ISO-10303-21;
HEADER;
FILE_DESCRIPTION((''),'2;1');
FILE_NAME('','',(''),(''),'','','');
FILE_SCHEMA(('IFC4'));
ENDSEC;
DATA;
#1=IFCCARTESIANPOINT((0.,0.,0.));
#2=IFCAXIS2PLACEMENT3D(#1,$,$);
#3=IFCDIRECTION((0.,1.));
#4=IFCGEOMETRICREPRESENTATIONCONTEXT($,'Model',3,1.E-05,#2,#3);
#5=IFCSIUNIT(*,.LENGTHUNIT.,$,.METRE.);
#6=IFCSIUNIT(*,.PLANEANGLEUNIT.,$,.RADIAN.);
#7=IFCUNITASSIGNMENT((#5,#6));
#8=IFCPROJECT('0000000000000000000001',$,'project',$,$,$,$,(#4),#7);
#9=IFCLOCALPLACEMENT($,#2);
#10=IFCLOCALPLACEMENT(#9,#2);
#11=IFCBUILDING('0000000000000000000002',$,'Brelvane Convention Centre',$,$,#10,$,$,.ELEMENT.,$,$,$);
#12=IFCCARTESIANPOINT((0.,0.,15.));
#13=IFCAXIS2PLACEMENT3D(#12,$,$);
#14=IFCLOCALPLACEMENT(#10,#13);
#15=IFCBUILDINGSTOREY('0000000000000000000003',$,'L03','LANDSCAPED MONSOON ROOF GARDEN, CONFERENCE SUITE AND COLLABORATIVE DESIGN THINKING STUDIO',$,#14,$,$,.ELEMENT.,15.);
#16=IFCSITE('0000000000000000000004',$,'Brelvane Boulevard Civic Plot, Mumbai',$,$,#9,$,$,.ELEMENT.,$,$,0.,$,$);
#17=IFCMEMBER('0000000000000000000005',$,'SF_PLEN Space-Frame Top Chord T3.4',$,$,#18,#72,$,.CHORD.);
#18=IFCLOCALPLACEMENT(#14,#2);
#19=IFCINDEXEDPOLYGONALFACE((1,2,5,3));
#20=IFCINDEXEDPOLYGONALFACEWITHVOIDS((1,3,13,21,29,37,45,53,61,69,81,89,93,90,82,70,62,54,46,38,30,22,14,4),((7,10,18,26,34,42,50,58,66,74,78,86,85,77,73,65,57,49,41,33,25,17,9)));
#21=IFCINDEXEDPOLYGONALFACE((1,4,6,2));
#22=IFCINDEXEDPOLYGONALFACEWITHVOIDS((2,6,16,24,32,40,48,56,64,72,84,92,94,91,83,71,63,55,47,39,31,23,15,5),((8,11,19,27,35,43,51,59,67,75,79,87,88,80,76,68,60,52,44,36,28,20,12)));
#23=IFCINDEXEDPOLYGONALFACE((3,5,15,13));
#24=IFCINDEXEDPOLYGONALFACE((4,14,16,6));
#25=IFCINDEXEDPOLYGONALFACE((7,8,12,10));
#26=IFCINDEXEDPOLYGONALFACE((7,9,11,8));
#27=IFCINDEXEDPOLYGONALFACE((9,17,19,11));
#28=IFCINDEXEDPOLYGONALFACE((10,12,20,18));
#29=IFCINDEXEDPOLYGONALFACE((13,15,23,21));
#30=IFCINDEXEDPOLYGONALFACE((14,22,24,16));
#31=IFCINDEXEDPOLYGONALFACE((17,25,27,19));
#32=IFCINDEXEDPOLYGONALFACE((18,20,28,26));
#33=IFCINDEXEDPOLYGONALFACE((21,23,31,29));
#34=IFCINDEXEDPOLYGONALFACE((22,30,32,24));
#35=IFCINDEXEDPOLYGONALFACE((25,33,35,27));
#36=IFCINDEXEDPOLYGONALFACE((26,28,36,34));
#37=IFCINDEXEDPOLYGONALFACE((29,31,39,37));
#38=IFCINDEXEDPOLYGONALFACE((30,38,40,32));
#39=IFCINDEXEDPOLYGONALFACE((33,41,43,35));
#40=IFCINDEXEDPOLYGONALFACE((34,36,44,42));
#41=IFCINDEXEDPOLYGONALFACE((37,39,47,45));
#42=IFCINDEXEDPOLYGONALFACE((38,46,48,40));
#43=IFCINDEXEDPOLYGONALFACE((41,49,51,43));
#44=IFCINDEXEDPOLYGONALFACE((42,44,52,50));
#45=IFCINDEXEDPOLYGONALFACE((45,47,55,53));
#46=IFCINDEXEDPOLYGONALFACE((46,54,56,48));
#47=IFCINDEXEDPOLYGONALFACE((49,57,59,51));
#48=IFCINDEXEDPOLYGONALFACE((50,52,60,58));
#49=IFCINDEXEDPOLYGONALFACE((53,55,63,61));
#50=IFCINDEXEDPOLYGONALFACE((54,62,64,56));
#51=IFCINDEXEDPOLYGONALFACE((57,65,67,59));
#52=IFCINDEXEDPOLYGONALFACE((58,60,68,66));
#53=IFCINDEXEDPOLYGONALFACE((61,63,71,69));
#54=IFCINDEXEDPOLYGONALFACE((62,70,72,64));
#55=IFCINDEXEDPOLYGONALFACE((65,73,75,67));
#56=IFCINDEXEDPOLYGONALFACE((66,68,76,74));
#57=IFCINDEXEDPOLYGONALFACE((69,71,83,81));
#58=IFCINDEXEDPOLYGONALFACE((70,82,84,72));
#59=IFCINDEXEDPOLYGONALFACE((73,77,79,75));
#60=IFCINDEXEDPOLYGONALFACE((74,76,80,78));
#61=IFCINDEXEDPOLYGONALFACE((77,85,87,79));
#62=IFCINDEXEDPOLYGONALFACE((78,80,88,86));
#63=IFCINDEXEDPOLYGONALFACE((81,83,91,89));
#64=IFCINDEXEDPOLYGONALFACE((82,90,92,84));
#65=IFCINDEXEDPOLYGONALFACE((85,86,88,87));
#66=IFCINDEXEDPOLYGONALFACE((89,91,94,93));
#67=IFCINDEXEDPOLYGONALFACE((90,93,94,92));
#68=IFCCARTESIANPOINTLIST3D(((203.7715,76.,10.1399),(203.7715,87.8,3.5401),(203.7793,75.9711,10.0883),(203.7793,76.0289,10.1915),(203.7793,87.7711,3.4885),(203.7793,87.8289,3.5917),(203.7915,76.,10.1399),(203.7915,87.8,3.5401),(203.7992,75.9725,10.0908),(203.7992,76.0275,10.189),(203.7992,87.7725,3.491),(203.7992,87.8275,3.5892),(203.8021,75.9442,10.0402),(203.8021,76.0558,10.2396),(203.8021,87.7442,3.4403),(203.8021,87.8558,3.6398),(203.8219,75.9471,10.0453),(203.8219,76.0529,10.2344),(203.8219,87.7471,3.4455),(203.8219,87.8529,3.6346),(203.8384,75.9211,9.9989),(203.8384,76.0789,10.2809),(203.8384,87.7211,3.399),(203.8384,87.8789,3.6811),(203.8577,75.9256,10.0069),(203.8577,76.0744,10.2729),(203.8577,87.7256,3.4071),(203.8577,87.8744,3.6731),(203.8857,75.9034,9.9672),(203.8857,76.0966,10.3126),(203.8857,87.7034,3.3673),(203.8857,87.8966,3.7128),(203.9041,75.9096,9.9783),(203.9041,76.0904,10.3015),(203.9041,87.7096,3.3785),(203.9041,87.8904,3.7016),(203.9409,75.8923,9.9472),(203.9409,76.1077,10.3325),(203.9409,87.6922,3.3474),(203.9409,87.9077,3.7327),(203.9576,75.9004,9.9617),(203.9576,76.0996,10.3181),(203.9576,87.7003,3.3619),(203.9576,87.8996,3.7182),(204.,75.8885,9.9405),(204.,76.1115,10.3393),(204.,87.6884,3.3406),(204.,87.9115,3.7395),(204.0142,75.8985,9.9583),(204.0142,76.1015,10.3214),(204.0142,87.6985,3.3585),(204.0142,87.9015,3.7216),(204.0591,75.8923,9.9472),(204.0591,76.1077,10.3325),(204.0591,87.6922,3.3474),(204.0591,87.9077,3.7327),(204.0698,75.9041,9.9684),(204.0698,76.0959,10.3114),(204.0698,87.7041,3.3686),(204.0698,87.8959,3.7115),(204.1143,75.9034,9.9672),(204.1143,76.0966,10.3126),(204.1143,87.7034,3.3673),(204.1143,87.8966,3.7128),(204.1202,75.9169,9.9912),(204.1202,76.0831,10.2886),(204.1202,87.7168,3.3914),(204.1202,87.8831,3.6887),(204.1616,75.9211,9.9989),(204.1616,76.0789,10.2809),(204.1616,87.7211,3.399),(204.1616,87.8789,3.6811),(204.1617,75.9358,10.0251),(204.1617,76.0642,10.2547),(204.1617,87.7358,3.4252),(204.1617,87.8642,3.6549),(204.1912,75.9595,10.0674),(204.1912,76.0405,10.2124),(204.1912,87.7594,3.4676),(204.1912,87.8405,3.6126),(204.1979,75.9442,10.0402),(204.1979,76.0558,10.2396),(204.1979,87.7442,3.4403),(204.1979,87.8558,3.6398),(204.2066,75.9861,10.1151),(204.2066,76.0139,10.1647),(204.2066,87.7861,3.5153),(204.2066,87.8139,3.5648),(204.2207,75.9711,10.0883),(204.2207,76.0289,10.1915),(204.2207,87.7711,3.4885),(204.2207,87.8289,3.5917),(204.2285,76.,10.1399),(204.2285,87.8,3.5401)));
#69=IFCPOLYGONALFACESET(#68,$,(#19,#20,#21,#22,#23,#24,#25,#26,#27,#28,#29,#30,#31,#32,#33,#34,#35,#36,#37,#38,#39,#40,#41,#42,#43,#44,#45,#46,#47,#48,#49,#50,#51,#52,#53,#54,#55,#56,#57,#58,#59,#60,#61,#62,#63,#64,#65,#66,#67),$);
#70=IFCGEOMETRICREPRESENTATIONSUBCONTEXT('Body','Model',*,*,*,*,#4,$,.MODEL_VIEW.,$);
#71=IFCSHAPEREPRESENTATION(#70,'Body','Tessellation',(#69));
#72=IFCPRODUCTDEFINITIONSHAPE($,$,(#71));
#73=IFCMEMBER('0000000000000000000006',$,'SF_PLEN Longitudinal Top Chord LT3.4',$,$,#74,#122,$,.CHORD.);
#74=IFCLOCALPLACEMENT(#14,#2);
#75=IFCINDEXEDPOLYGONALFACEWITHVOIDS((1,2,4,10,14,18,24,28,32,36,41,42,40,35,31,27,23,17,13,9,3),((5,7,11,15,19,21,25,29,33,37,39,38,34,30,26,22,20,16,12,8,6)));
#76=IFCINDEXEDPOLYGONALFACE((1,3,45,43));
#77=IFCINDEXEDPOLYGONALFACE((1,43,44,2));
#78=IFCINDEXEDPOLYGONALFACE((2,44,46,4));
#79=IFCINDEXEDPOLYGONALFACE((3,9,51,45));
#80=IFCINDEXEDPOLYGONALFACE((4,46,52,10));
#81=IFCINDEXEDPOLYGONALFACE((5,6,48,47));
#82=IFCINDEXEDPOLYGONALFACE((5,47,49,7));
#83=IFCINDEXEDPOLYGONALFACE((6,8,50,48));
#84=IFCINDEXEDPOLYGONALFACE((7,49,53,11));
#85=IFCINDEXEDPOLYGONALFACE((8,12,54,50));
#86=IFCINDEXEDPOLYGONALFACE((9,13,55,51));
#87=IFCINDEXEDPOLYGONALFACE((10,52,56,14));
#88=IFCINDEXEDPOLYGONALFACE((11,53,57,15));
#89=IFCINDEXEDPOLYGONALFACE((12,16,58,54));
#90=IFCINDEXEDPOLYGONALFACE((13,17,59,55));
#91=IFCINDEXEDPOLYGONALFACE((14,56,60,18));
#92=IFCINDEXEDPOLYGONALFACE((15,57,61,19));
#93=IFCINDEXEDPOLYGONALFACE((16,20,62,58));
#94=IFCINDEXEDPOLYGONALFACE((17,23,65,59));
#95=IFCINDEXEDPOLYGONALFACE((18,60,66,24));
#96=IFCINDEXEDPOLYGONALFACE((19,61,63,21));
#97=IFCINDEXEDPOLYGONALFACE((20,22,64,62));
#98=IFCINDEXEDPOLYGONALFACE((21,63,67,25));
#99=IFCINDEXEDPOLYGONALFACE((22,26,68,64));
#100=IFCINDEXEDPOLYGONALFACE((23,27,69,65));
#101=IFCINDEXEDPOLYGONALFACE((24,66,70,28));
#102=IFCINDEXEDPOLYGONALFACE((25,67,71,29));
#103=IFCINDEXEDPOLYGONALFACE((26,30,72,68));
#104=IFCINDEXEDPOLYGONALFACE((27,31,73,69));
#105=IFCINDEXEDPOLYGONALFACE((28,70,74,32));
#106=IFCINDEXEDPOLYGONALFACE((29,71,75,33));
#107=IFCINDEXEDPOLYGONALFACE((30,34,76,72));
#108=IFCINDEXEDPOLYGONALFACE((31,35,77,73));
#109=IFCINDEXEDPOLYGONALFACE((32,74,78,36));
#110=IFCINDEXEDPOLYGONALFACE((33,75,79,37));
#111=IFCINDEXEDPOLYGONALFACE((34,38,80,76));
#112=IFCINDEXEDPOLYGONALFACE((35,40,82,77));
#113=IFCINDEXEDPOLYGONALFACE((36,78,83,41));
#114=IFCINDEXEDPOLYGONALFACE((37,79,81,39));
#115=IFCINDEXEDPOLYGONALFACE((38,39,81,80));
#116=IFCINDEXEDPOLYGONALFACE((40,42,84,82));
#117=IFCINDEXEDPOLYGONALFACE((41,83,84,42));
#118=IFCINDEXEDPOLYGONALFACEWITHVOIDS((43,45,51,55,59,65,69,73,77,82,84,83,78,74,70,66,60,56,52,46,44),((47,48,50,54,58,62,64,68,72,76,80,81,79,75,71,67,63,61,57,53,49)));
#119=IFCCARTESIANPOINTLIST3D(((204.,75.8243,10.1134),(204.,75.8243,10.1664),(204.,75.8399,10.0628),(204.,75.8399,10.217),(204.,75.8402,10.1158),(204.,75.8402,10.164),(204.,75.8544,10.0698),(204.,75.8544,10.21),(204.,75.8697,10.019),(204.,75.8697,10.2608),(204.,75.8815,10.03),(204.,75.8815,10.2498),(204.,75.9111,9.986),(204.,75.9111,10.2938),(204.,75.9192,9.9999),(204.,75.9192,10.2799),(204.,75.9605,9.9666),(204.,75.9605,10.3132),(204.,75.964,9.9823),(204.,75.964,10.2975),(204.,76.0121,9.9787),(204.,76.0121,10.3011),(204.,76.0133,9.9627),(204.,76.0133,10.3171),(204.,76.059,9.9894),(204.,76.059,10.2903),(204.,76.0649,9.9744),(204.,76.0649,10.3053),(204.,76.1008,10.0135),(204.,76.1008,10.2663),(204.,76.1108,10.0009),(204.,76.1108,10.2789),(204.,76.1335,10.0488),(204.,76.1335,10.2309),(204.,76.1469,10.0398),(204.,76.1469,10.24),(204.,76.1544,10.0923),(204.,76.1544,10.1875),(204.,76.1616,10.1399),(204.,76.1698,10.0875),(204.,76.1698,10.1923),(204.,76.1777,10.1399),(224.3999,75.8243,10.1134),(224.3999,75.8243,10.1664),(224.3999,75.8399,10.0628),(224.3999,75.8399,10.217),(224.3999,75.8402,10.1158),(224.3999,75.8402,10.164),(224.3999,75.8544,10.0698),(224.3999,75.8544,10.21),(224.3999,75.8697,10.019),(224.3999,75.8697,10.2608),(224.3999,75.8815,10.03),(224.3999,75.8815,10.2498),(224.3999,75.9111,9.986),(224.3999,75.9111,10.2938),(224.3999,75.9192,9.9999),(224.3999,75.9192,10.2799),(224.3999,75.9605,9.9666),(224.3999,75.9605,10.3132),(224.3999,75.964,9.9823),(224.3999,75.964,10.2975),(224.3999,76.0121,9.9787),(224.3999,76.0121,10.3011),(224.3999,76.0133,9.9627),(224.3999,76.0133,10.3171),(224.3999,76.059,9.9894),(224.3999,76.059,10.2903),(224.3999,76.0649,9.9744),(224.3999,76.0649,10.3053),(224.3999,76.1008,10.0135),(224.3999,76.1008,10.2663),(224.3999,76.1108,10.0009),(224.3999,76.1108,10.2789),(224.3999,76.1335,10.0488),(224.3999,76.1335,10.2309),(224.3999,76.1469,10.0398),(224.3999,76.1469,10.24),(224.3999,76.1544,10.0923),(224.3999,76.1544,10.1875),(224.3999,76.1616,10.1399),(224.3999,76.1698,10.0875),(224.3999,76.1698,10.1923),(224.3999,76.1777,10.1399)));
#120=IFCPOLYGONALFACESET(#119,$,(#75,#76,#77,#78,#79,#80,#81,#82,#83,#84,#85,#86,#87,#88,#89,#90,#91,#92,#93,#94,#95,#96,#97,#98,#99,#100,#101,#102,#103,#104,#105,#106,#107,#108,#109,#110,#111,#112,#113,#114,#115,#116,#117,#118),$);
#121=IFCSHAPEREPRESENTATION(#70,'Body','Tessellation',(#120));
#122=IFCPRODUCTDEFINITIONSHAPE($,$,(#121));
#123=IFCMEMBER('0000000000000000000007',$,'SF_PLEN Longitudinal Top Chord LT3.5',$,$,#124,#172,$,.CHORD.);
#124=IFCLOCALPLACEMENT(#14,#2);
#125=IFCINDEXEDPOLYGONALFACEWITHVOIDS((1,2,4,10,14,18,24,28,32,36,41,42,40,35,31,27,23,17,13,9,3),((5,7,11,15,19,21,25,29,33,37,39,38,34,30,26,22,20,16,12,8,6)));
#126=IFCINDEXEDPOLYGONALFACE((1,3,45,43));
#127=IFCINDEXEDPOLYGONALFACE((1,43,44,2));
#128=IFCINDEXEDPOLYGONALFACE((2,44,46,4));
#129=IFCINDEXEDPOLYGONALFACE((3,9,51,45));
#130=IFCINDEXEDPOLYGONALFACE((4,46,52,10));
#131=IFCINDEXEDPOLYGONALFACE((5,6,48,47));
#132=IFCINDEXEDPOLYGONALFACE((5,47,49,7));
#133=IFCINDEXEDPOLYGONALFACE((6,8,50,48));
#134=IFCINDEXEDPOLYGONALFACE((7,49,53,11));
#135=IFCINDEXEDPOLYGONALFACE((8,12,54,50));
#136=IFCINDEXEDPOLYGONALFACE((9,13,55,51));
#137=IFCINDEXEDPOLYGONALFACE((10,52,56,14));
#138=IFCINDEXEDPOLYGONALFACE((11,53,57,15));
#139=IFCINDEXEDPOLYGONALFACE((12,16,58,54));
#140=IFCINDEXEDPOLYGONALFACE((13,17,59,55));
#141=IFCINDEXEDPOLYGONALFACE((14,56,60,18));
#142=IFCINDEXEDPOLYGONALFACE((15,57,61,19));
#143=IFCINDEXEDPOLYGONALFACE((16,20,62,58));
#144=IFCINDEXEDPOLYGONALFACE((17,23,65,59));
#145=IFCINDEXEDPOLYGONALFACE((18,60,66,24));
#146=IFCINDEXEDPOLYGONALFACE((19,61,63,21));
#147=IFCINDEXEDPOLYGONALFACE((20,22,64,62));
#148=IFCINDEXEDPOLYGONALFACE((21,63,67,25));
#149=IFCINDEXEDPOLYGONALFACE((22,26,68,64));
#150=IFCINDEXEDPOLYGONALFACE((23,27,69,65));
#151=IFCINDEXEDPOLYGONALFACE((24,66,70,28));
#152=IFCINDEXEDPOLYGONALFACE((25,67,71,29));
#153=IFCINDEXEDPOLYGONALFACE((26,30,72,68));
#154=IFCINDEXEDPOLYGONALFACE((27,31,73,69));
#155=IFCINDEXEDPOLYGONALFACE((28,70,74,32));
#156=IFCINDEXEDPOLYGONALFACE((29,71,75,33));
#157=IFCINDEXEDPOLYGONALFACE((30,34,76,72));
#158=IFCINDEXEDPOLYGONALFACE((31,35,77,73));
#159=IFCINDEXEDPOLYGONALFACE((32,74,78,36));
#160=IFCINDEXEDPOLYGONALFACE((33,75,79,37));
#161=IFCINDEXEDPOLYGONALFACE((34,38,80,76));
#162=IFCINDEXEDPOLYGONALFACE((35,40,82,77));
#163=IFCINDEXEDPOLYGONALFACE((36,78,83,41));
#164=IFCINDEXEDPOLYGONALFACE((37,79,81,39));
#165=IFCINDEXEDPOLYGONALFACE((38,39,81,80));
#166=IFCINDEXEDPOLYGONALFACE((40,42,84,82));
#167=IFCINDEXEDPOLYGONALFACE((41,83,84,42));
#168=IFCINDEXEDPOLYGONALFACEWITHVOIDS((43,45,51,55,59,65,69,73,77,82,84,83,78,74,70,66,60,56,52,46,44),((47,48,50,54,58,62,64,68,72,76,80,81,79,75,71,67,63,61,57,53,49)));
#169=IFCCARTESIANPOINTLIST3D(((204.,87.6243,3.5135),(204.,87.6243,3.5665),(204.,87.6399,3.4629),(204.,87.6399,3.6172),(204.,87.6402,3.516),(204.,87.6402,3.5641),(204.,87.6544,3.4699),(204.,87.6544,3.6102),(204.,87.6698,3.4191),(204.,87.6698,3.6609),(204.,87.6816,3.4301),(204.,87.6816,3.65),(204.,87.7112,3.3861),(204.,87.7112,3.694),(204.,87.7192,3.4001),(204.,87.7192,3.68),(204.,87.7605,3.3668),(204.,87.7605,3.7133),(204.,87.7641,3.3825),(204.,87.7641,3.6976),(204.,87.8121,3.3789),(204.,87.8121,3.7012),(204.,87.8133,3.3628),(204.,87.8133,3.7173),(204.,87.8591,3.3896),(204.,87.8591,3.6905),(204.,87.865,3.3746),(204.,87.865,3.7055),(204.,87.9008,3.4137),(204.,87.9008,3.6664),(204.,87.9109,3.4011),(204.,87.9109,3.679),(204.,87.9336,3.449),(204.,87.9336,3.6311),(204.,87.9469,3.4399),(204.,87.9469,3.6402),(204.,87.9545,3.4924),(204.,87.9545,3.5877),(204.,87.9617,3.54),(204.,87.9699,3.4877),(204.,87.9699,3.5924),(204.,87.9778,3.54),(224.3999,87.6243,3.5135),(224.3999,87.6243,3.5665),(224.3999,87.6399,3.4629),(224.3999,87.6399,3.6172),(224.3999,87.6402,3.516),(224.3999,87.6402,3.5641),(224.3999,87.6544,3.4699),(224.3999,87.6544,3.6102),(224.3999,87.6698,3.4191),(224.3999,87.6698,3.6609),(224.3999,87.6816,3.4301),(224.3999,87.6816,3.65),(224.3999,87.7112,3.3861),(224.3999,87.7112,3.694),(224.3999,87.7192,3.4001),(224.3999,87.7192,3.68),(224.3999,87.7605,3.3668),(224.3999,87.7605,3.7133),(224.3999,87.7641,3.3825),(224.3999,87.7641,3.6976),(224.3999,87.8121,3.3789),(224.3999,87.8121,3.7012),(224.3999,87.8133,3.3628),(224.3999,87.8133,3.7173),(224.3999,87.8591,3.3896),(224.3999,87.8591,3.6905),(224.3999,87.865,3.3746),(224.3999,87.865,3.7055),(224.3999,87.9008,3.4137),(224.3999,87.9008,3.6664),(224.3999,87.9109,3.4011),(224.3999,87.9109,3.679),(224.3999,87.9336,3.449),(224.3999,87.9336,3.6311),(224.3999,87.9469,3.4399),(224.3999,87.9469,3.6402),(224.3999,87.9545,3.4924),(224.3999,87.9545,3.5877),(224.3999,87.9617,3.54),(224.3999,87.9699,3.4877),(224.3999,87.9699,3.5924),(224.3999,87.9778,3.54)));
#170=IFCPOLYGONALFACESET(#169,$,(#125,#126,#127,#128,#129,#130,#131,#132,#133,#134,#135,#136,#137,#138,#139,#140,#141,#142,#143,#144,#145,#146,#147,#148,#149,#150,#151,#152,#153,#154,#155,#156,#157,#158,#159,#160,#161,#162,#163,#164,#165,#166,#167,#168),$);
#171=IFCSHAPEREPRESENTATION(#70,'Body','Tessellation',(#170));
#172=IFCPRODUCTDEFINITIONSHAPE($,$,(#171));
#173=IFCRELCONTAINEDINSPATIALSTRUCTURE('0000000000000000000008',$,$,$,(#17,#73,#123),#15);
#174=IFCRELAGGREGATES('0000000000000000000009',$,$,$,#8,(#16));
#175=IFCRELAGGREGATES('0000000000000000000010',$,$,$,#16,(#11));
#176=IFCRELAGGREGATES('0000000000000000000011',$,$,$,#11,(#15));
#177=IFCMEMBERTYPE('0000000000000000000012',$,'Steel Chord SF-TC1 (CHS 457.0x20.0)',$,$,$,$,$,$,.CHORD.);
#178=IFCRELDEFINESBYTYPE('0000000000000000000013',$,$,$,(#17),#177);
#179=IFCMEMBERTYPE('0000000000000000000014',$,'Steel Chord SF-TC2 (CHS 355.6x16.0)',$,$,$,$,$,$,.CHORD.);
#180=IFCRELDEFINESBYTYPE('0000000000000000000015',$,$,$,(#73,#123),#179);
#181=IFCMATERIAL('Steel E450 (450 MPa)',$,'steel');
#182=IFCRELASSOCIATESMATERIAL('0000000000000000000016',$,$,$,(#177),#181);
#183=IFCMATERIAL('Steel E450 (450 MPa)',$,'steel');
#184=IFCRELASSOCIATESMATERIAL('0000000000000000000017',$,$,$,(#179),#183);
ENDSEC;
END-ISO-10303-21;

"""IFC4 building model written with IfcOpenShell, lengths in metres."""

from ifc_helpers import new_model, si_unit, direction, frame, origin, origin_2d, place, context, subcontext, project, spatial, hollow_circle, extrude, material, material_profile, profile_set, type_object, element, save


model = new_model("IFC4")

# Units and contexts
model_context = context("Model", 3, precision=1e-05, world=origin(), true_north=direction((0.0, 1.0)))
body_context = subcontext(model_context, "Body", "Model", "MODEL_VIEW")
ifc_project = project(units=[si_unit("LENGTHUNIT", "METRE"), si_unit("PLANEANGLEUNIT", "RADIAN")], contexts=[model_context])

# Site, building, storey
site_placement = place(None, origin())
site = spatial("IfcSite", under=ifc_project, at=site_placement, Name="Brelvane Boulevard Civic Plot, Mumbai", CompositionType="ELEMENT", RefElevation=0.0)
building_placement = place(site_placement, origin())
building = spatial("IfcBuilding", under=site, at=building_placement, Name="Brelvane Convention Centre", CompositionType="ELEMENT")
storey_placement = place(building_placement, frame((0.0, 0.0, 15.0)))
storey = spatial("IfcBuildingStorey", under=building, at=storey_placement, Name="L03", Description="LANDSCAPED MONSOON ROOF GARDEN, CONFERENCE SUITE AND COLLABORATIVE DESIGN THINKING STUDIO", CompositionType="ELEMENT", Elevation=15.0)

# Members
ifc_material_1 = material(Name="Steel E450 (450 MPa)", Category="steel")
ifc_material_profile_1 = material_profile(ifc_material_1, hollow_circle(Radius=0.2285, WallThickness=0.02, at=origin_2d()), Name="CHS 457.0x20.0")
ifc_profile_set_1 = profile_set([ifc_material_profile_1], Name="Steel E450 (450 MPa)")
member_type_1 = type_object("IfcMemberType", Name="Steel Chord SF-TC1 (CHS 457.0x20.0)", PredefinedType="CHORD", material=ifc_profile_set_1)
member_1_placement = place(storey_placement, frame((204.0, 76.0, 10.1399), z_axis=(0.0, 0.872764, -0.488143), x_axis=(-1.0, 0.0, 0.0)))
element("IfcMember", 1, at=member_1_placement, inside=storey, type_object=member_type_1, Name="SF_PLEN Space-Frame Top Chord T3.4", PredefinedType="CHORD", context=body_context, shape_type="SweptSolid", body=[
    extrude(hollow_circle(Radius=0.2285, WallThickness=0.02, at=origin_2d()), origin(), (0.0, 0.0, 1.0), 13.5203),
])
ifc_material_2 = material(Name="Steel E450 (450 MPa)", Category="steel")
ifc_material_profile_2 = material_profile(ifc_material_2, hollow_circle(Radius=0.1777, WallThickness=0.0161, at=origin_2d()), Name="CHS 355.6x16.0")
ifc_profile_set_2 = profile_set([ifc_material_profile_2], Name="Steel E450 (450 MPa)")
member_type_2 = type_object("IfcMemberType", Name="Steel Chord SF-TC2 (CHS 355.6x16.0)", PredefinedType="CHORD", material=ifc_profile_set_2)
for number, where, z_axis, x_axis, name in (
    (2, (204.0, 76.0, 10.1399), (1.0, 0.0, 0.0), (0.0, 1.0, 0.0), "SF_PLEN Longitudinal Top Chord LT3.4"),
    (3, (204.0, 87.8, 3.54), (1.0, 0.0, 0.0), (0.0, 1.0, 0.0), "SF_PLEN Longitudinal Top Chord LT3.5"),
):
    element("IfcMember", number, at=place(storey_placement, frame(where, z_axis=z_axis, x_axis=x_axis)), inside=storey, type_object=member_type_2, Name=name, PredefinedType="CHORD", context=body_context, shape_type="SweptSolid", body=[
        extrude(hollow_circle(Radius=0.1777, WallThickness=0.0161, at=origin_2d()), origin(), (0.0, 0.0, 1.0), 20.3999),
    ])

save(model, "model.ifc")
